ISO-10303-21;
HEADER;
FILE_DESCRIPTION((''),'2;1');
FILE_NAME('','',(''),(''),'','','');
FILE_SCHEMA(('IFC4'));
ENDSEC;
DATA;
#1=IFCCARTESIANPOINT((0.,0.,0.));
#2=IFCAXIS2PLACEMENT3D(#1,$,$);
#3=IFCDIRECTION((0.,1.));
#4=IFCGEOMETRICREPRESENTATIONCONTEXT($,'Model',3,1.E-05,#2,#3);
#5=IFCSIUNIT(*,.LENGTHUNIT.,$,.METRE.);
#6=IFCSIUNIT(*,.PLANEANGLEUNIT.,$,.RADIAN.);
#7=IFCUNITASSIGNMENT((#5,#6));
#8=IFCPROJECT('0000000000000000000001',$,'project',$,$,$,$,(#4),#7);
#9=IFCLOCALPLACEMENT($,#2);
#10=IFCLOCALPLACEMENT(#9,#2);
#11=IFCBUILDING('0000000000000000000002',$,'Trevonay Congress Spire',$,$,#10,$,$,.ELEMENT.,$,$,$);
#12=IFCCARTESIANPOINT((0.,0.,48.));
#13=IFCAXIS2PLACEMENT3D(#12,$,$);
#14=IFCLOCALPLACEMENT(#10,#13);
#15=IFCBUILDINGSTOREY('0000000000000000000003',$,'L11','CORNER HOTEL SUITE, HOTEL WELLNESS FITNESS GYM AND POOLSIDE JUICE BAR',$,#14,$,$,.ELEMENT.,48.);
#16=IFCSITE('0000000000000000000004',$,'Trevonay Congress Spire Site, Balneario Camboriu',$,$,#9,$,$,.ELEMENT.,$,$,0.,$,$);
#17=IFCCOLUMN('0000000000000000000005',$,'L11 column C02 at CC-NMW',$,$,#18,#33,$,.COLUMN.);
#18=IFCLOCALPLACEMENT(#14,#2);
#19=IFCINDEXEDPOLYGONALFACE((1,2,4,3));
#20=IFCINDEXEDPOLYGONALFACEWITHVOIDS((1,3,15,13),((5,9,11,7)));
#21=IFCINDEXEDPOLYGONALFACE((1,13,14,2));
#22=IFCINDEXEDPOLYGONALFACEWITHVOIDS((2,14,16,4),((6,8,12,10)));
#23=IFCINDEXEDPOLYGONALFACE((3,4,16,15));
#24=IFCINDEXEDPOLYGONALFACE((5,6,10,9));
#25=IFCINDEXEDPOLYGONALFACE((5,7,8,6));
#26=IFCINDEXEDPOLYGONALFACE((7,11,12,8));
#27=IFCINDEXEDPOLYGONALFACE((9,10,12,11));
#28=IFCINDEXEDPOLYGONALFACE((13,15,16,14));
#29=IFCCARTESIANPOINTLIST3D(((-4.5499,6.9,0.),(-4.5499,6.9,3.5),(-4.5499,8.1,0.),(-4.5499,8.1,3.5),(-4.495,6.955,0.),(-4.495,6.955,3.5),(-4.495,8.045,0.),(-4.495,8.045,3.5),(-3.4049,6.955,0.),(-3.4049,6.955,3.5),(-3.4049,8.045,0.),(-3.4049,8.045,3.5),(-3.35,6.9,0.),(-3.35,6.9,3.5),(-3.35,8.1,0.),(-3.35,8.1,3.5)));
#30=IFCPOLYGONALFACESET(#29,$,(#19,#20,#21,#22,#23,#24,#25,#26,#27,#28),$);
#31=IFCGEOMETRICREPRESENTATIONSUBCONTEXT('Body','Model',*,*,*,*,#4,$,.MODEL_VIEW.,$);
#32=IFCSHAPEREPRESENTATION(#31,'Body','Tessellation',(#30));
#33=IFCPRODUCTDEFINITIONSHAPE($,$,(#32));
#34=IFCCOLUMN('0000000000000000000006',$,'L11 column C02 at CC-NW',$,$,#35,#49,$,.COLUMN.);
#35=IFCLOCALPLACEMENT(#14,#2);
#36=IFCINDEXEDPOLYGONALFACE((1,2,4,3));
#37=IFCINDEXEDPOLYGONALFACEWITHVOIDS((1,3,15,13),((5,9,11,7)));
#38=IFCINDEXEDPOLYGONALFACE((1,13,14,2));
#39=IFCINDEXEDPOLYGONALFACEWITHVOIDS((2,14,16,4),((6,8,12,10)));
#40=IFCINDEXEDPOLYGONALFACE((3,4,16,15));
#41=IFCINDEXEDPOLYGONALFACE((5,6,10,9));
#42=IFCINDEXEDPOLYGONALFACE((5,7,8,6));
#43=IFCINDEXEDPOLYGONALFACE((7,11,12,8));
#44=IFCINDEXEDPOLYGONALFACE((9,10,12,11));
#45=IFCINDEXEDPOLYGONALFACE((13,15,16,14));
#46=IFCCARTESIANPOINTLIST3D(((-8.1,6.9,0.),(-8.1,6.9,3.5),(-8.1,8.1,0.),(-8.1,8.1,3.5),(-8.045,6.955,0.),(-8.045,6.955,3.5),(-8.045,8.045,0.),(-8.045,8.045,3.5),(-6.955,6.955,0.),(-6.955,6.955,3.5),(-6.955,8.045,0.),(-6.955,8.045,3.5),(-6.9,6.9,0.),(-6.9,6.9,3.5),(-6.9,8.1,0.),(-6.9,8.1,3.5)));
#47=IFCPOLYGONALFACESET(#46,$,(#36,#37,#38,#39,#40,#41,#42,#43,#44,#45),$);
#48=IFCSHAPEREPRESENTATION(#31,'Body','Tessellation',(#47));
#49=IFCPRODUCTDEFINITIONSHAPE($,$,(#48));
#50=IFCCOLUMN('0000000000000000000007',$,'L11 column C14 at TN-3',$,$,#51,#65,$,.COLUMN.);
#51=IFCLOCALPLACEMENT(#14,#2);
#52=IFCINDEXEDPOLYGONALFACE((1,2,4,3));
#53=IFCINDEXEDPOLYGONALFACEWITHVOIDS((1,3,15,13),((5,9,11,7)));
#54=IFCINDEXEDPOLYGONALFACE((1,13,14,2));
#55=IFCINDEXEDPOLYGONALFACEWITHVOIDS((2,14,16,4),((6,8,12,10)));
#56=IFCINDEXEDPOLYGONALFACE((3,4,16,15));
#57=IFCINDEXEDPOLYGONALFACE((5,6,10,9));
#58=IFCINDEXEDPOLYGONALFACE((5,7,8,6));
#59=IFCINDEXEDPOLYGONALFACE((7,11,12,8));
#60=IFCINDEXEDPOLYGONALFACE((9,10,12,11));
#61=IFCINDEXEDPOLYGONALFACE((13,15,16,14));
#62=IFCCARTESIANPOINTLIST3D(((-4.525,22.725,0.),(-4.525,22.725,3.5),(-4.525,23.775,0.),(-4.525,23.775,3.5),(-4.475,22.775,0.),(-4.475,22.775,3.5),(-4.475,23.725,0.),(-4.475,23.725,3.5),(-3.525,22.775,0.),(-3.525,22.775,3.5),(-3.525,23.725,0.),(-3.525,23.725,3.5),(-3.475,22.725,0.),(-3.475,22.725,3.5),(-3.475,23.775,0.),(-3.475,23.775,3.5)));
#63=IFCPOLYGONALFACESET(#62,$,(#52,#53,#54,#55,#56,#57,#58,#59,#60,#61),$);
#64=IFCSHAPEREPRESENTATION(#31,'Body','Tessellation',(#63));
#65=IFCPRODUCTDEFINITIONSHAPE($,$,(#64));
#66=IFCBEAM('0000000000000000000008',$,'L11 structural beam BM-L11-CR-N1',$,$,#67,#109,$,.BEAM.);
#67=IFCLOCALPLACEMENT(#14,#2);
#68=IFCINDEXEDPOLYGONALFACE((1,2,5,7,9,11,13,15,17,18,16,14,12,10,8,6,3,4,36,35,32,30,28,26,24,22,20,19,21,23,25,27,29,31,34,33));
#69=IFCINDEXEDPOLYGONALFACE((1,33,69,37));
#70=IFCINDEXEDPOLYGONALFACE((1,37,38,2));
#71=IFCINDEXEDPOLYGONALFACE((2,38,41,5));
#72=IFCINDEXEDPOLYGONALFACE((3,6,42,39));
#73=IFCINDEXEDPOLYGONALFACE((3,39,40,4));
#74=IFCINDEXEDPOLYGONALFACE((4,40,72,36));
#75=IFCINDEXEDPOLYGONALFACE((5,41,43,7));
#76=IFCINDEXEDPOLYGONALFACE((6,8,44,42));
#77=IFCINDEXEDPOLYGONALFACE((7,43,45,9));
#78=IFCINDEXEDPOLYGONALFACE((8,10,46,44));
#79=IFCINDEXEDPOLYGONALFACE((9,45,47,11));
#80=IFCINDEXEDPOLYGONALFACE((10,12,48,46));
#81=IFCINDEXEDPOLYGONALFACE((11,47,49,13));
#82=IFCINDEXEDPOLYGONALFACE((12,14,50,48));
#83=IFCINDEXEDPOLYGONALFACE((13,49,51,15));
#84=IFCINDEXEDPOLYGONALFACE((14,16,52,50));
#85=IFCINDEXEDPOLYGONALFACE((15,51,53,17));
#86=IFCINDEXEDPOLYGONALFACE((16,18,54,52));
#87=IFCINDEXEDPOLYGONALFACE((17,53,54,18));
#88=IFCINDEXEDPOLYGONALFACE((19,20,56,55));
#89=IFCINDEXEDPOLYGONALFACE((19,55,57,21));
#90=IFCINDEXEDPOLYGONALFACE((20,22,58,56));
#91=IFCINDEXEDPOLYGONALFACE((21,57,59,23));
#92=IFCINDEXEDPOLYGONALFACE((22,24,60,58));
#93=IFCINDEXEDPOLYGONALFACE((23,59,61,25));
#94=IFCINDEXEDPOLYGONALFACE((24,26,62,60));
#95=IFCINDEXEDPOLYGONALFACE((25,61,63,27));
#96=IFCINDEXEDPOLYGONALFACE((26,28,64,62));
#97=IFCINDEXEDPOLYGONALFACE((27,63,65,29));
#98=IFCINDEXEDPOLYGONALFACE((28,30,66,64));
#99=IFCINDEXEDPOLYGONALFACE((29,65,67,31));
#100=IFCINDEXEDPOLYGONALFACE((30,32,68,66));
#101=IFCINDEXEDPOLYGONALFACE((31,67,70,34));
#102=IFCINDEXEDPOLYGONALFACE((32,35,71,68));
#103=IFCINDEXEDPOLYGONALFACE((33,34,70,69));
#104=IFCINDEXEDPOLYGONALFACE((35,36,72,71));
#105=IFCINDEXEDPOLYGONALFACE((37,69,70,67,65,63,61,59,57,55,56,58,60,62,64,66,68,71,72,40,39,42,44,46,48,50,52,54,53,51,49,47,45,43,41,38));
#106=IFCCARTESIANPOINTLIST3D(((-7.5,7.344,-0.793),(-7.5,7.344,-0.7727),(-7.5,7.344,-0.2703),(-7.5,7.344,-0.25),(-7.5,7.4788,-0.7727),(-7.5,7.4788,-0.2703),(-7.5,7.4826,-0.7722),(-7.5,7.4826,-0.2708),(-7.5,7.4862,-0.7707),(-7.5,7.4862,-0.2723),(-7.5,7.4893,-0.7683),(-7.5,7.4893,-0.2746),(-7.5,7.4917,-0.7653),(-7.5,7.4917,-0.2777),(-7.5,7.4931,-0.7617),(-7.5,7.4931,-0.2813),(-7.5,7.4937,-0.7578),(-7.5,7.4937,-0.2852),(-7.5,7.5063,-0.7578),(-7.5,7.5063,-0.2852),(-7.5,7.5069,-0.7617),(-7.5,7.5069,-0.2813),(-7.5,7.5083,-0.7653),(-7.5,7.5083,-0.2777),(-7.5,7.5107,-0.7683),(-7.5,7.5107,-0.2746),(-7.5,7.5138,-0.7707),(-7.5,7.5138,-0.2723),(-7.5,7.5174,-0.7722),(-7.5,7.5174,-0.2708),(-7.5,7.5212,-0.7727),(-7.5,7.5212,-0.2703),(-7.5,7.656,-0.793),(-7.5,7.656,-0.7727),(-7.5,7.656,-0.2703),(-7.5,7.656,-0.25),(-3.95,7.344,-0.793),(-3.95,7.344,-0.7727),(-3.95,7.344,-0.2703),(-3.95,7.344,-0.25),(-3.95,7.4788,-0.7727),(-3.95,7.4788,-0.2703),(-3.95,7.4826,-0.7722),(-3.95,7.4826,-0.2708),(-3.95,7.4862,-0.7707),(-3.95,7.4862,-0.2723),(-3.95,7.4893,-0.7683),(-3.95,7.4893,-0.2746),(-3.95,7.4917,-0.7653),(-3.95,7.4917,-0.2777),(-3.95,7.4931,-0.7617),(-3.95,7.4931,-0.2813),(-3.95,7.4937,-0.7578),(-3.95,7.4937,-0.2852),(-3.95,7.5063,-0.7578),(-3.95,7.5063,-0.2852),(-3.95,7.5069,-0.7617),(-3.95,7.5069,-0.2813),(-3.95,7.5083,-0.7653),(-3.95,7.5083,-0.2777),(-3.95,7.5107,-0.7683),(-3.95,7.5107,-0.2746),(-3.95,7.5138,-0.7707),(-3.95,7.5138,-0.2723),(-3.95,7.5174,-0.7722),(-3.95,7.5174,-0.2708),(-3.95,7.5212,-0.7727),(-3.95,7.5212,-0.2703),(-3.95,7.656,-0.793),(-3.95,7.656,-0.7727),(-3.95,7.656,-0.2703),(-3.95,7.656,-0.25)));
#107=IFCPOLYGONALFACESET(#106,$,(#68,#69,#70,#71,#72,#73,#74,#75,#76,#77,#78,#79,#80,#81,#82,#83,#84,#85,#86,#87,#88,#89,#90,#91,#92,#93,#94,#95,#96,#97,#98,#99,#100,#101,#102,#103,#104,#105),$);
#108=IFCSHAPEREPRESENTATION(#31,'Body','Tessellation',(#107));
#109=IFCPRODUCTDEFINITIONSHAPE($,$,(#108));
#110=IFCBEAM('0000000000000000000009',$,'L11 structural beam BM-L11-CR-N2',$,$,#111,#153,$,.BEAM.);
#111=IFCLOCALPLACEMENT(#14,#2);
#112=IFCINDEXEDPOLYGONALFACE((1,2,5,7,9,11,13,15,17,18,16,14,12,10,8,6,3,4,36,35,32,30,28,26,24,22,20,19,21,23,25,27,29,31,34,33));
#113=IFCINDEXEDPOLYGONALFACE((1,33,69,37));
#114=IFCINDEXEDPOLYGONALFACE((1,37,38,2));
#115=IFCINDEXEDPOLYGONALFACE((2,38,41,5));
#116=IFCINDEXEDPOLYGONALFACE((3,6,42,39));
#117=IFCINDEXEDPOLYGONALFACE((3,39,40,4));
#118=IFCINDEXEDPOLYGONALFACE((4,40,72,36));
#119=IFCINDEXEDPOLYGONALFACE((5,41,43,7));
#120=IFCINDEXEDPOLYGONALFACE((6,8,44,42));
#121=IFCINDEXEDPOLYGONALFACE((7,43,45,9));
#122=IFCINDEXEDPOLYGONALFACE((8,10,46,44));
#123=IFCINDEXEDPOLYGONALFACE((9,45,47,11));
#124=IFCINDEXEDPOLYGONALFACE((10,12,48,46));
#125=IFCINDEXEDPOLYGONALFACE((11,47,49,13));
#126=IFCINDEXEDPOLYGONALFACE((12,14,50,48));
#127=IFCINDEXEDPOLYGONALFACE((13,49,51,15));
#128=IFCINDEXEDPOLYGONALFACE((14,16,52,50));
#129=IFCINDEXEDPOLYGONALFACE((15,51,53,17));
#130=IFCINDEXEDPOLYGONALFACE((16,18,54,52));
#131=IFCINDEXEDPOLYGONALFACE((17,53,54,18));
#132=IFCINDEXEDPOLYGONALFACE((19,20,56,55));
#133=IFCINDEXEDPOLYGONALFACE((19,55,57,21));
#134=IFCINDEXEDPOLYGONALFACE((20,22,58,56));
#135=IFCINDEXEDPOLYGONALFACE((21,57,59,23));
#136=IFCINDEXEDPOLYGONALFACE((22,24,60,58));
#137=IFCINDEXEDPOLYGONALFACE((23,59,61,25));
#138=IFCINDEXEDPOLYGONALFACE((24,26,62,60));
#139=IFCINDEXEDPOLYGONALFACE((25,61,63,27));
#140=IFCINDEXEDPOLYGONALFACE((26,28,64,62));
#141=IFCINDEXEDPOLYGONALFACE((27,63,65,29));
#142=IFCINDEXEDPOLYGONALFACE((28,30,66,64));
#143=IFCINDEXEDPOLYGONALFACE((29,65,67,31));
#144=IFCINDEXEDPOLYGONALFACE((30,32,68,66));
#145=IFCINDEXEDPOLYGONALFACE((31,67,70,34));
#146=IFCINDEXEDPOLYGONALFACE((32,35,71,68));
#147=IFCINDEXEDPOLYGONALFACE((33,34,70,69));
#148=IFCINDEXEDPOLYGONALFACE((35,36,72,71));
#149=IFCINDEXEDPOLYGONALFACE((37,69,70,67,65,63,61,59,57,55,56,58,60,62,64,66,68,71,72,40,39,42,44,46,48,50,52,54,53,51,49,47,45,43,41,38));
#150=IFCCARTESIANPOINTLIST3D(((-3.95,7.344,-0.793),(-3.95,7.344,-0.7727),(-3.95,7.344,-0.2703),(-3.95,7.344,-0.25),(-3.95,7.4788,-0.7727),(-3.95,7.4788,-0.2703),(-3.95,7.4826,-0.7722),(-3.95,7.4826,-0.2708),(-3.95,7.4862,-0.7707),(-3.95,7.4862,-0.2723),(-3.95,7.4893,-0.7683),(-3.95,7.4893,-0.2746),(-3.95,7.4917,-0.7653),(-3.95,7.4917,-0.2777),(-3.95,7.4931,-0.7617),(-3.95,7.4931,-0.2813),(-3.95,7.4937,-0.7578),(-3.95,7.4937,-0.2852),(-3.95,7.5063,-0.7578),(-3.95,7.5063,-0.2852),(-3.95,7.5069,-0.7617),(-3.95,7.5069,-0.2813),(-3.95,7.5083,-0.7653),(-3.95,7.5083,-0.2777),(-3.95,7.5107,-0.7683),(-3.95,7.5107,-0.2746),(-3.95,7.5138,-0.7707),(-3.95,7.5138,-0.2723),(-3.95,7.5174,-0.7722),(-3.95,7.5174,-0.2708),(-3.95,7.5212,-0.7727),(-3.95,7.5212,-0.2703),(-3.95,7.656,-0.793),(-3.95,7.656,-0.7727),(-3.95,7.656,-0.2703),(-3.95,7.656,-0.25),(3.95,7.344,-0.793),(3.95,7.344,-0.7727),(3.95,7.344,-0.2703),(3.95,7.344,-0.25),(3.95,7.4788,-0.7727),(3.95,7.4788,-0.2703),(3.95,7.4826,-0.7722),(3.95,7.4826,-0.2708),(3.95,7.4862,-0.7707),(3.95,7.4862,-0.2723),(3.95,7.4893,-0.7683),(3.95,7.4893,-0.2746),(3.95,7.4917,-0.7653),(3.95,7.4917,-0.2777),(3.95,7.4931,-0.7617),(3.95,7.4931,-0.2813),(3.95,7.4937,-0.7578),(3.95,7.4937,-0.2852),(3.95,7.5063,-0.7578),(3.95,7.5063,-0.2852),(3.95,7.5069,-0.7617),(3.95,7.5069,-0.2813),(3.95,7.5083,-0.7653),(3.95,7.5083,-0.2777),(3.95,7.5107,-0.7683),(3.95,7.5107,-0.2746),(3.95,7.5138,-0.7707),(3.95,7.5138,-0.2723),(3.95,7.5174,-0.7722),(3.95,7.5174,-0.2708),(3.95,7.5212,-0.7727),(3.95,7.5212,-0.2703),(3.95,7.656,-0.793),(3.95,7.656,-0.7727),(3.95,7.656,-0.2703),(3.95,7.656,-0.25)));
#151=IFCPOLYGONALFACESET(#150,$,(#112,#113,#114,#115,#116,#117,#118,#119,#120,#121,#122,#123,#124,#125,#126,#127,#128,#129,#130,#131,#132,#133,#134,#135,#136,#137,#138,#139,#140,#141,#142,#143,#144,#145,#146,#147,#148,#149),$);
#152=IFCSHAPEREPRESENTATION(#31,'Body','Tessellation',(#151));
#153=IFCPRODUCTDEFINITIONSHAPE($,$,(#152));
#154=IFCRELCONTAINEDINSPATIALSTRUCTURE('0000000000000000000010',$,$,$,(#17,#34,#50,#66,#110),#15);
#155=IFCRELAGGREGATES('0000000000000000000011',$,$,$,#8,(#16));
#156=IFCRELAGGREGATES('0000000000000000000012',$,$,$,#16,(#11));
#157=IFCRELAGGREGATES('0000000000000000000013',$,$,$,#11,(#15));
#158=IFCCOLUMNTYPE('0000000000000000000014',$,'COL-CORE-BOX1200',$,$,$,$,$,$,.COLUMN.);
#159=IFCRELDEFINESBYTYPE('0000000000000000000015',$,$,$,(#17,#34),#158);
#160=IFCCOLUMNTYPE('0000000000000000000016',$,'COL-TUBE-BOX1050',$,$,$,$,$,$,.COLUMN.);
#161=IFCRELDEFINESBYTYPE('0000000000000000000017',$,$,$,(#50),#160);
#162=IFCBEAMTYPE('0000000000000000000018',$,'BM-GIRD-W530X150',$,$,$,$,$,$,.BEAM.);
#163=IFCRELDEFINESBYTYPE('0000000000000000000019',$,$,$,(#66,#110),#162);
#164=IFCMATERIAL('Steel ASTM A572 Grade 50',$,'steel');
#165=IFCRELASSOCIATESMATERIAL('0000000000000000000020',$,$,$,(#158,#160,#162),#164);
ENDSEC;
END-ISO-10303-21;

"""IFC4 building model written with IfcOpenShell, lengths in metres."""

from ifc_helpers import new_model, si_unit, direction, frame, origin, origin_2d, place, context, subcontext, project, spatial, hollow_rectangle, i_section, extrude, material, material_profile, profile_set, type_object, element, save


model = new_model("IFC4")

# Units and contexts
model_context = context("Model", 3, precision=1e-05, world=origin(), true_north=direction((0.0, 1.0)))
body_context = subcontext(model_context, "Body", "Model", "MODEL_VIEW")
ifc_project = project(units=[si_unit("LENGTHUNIT", "METRE"), si_unit("PLANEANGLEUNIT", "RADIAN")], contexts=[model_context])

# Site, building, storey
site_placement = place(None, origin())
site = spatial("IfcSite", under=ifc_project, at=site_placement, Name="Trevonay Congress Spire Site, Balneario Camboriu", CompositionType="ELEMENT", RefElevation=0.0)
building_placement = place(site_placement, origin())
building = spatial("IfcBuilding", under=site, at=building_placement, Name="Trevonay Congress Spire", CompositionType="ELEMENT")
storey_placement = place(building_placement, frame((0.0, 0.0, 48.0)))
storey = spatial("IfcBuildingStorey", under=building, at=storey_placement, Name="L11", Description="CORNER HOTEL SUITE, HOTEL WELLNESS FITNESS GYM AND POOLSIDE JUICE BAR", CompositionType="ELEMENT", Elevation=48.0)

# Columns
ifc_material_1 = material(Name="Steel ASTM A572 Grade 50", Category="steel")
ifc_material_profile_1 = material_profile(ifc_material_1, hollow_rectangle(XDim=1.2, YDim=1.2, WallThickness=0.0549, at=origin_2d()), Name="BOX 1200x1200x55")
ifc_profile_set_1 = profile_set([ifc_material_profile_1], Name="Steel ASTM A572 Grade 50")
column_type_1 = type_object("IfcColumnType", Name="COL-CORE-BOX1200", PredefinedType="COLUMN", material=ifc_profile_set_1)
for number, where, z_axis, x_axis, name in (
    (1, (-3.95, 7.5, 0.0), (0.0, 0.0, 1.0), (1.0, 0.0, 0.0), "L11 column C02 at CC-NMW"),
    (2, (-7.5, 7.5, 0.0), (0.0, 0.0, 1.0), (1.0, 0.0, 0.0), "L11 column C02 at CC-NW"),
):
    element("IfcColumn", number, at=place(storey_placement, frame(where, z_axis=z_axis, x_axis=x_axis)), inside=storey, type_object=column_type_1, Name=name, PredefinedType="COLUMN", context=body_context, shape_type="SweptSolid", body=[
        extrude(hollow_rectangle(XDim=1.2, YDim=1.2, WallThickness=0.0549, at=origin_2d()), origin(), (0.0, 0.0, 1.0), 3.5),
    ])
ifc_material_profile_2 = material_profile(ifc_material_1, hollow_rectangle(XDim=1.05, YDim=1.05, WallThickness=0.05, at=origin_2d()), Name="BOX 1050x1050x50")
ifc_profile_set_2 = profile_set([ifc_material_profile_2], Name="Steel ASTM A572 Grade 50")
column_type_2 = type_object("IfcColumnType", Name="COL-TUBE-BOX1050", PredefinedType="COLUMN", material=ifc_profile_set_2)
column_placement = place(storey_placement, frame((-4.0, 23.25, 0.0), z_axis=(0.0, 0.0, 1.0), x_axis=(1.0, 0.0, 0.0)))
element("IfcColumn", 3, at=column_placement, inside=storey, type_object=column_type_2, Name="L11 column C14 at TN-3", PredefinedType="COLUMN", context=body_context, shape_type="SweptSolid", body=[
    extrude(hollow_rectangle(XDim=1.05, YDim=1.05, WallThickness=0.05, at=origin_2d()), origin(), (0.0, 0.0, 1.0), 3.5),
])

# Beams
ifc_material_profile_3 = material_profile(ifc_material_1, i_section(OverallWidth=0.312, OverallDepth=0.543, WebThickness=0.0127, FlangeThickness=0.0203, FilletRadius=0.0149, at=origin_2d()), Name="W530x150")
ifc_profile_set_3 = profile_set([ifc_material_profile_3], Name="Steel ASTM A572 Grade 50")
beam_type_1 = type_object("IfcBeamType", Name="BM-GIRD-W530X150", PredefinedType="BEAM", material=ifc_profile_set_3)
beam_1_placement = place(storey_placement, frame((-7.5, 7.5, -0.5215), z_axis=(1.0, 0.0, 0.0), x_axis=(0.0, 1.0, 0.0)))
element("IfcBeam", 4, at=beam_1_placement, inside=storey, type_object=beam_type_1, Name="L11 structural beam BM-L11-CR-N1", PredefinedType="BEAM", context=body_context, shape_type="SweptSolid", body=[
    extrude(i_section(OverallWidth=0.312, OverallDepth=0.543, WebThickness=0.0127, FlangeThickness=0.0203, FilletRadius=0.0149, at=origin_2d()), origin(), (0.0, 0.0, 1.0), 3.55),
])
beam_2_placement = place(storey_placement, frame((-3.95, 7.5, -0.5215), z_axis=(1.0, 0.0, 0.0), x_axis=(0.0, 1.0, 0.0)))
element("IfcBeam", 5, at=beam_2_placement, inside=storey, type_object=beam_type_1, Name="L11 structural beam BM-L11-CR-N2", PredefinedType="BEAM", context=body_context, shape_type="SweptSolid", body=[
    extrude(i_section(OverallWidth=0.312, OverallDepth=0.543, WebThickness=0.0127, FlangeThickness=0.0203, FilletRadius=0.0149, at=origin_2d()), origin(), (0.0, 0.0, 1.0), 7.8999),
])

save(model, "model.ifc")
